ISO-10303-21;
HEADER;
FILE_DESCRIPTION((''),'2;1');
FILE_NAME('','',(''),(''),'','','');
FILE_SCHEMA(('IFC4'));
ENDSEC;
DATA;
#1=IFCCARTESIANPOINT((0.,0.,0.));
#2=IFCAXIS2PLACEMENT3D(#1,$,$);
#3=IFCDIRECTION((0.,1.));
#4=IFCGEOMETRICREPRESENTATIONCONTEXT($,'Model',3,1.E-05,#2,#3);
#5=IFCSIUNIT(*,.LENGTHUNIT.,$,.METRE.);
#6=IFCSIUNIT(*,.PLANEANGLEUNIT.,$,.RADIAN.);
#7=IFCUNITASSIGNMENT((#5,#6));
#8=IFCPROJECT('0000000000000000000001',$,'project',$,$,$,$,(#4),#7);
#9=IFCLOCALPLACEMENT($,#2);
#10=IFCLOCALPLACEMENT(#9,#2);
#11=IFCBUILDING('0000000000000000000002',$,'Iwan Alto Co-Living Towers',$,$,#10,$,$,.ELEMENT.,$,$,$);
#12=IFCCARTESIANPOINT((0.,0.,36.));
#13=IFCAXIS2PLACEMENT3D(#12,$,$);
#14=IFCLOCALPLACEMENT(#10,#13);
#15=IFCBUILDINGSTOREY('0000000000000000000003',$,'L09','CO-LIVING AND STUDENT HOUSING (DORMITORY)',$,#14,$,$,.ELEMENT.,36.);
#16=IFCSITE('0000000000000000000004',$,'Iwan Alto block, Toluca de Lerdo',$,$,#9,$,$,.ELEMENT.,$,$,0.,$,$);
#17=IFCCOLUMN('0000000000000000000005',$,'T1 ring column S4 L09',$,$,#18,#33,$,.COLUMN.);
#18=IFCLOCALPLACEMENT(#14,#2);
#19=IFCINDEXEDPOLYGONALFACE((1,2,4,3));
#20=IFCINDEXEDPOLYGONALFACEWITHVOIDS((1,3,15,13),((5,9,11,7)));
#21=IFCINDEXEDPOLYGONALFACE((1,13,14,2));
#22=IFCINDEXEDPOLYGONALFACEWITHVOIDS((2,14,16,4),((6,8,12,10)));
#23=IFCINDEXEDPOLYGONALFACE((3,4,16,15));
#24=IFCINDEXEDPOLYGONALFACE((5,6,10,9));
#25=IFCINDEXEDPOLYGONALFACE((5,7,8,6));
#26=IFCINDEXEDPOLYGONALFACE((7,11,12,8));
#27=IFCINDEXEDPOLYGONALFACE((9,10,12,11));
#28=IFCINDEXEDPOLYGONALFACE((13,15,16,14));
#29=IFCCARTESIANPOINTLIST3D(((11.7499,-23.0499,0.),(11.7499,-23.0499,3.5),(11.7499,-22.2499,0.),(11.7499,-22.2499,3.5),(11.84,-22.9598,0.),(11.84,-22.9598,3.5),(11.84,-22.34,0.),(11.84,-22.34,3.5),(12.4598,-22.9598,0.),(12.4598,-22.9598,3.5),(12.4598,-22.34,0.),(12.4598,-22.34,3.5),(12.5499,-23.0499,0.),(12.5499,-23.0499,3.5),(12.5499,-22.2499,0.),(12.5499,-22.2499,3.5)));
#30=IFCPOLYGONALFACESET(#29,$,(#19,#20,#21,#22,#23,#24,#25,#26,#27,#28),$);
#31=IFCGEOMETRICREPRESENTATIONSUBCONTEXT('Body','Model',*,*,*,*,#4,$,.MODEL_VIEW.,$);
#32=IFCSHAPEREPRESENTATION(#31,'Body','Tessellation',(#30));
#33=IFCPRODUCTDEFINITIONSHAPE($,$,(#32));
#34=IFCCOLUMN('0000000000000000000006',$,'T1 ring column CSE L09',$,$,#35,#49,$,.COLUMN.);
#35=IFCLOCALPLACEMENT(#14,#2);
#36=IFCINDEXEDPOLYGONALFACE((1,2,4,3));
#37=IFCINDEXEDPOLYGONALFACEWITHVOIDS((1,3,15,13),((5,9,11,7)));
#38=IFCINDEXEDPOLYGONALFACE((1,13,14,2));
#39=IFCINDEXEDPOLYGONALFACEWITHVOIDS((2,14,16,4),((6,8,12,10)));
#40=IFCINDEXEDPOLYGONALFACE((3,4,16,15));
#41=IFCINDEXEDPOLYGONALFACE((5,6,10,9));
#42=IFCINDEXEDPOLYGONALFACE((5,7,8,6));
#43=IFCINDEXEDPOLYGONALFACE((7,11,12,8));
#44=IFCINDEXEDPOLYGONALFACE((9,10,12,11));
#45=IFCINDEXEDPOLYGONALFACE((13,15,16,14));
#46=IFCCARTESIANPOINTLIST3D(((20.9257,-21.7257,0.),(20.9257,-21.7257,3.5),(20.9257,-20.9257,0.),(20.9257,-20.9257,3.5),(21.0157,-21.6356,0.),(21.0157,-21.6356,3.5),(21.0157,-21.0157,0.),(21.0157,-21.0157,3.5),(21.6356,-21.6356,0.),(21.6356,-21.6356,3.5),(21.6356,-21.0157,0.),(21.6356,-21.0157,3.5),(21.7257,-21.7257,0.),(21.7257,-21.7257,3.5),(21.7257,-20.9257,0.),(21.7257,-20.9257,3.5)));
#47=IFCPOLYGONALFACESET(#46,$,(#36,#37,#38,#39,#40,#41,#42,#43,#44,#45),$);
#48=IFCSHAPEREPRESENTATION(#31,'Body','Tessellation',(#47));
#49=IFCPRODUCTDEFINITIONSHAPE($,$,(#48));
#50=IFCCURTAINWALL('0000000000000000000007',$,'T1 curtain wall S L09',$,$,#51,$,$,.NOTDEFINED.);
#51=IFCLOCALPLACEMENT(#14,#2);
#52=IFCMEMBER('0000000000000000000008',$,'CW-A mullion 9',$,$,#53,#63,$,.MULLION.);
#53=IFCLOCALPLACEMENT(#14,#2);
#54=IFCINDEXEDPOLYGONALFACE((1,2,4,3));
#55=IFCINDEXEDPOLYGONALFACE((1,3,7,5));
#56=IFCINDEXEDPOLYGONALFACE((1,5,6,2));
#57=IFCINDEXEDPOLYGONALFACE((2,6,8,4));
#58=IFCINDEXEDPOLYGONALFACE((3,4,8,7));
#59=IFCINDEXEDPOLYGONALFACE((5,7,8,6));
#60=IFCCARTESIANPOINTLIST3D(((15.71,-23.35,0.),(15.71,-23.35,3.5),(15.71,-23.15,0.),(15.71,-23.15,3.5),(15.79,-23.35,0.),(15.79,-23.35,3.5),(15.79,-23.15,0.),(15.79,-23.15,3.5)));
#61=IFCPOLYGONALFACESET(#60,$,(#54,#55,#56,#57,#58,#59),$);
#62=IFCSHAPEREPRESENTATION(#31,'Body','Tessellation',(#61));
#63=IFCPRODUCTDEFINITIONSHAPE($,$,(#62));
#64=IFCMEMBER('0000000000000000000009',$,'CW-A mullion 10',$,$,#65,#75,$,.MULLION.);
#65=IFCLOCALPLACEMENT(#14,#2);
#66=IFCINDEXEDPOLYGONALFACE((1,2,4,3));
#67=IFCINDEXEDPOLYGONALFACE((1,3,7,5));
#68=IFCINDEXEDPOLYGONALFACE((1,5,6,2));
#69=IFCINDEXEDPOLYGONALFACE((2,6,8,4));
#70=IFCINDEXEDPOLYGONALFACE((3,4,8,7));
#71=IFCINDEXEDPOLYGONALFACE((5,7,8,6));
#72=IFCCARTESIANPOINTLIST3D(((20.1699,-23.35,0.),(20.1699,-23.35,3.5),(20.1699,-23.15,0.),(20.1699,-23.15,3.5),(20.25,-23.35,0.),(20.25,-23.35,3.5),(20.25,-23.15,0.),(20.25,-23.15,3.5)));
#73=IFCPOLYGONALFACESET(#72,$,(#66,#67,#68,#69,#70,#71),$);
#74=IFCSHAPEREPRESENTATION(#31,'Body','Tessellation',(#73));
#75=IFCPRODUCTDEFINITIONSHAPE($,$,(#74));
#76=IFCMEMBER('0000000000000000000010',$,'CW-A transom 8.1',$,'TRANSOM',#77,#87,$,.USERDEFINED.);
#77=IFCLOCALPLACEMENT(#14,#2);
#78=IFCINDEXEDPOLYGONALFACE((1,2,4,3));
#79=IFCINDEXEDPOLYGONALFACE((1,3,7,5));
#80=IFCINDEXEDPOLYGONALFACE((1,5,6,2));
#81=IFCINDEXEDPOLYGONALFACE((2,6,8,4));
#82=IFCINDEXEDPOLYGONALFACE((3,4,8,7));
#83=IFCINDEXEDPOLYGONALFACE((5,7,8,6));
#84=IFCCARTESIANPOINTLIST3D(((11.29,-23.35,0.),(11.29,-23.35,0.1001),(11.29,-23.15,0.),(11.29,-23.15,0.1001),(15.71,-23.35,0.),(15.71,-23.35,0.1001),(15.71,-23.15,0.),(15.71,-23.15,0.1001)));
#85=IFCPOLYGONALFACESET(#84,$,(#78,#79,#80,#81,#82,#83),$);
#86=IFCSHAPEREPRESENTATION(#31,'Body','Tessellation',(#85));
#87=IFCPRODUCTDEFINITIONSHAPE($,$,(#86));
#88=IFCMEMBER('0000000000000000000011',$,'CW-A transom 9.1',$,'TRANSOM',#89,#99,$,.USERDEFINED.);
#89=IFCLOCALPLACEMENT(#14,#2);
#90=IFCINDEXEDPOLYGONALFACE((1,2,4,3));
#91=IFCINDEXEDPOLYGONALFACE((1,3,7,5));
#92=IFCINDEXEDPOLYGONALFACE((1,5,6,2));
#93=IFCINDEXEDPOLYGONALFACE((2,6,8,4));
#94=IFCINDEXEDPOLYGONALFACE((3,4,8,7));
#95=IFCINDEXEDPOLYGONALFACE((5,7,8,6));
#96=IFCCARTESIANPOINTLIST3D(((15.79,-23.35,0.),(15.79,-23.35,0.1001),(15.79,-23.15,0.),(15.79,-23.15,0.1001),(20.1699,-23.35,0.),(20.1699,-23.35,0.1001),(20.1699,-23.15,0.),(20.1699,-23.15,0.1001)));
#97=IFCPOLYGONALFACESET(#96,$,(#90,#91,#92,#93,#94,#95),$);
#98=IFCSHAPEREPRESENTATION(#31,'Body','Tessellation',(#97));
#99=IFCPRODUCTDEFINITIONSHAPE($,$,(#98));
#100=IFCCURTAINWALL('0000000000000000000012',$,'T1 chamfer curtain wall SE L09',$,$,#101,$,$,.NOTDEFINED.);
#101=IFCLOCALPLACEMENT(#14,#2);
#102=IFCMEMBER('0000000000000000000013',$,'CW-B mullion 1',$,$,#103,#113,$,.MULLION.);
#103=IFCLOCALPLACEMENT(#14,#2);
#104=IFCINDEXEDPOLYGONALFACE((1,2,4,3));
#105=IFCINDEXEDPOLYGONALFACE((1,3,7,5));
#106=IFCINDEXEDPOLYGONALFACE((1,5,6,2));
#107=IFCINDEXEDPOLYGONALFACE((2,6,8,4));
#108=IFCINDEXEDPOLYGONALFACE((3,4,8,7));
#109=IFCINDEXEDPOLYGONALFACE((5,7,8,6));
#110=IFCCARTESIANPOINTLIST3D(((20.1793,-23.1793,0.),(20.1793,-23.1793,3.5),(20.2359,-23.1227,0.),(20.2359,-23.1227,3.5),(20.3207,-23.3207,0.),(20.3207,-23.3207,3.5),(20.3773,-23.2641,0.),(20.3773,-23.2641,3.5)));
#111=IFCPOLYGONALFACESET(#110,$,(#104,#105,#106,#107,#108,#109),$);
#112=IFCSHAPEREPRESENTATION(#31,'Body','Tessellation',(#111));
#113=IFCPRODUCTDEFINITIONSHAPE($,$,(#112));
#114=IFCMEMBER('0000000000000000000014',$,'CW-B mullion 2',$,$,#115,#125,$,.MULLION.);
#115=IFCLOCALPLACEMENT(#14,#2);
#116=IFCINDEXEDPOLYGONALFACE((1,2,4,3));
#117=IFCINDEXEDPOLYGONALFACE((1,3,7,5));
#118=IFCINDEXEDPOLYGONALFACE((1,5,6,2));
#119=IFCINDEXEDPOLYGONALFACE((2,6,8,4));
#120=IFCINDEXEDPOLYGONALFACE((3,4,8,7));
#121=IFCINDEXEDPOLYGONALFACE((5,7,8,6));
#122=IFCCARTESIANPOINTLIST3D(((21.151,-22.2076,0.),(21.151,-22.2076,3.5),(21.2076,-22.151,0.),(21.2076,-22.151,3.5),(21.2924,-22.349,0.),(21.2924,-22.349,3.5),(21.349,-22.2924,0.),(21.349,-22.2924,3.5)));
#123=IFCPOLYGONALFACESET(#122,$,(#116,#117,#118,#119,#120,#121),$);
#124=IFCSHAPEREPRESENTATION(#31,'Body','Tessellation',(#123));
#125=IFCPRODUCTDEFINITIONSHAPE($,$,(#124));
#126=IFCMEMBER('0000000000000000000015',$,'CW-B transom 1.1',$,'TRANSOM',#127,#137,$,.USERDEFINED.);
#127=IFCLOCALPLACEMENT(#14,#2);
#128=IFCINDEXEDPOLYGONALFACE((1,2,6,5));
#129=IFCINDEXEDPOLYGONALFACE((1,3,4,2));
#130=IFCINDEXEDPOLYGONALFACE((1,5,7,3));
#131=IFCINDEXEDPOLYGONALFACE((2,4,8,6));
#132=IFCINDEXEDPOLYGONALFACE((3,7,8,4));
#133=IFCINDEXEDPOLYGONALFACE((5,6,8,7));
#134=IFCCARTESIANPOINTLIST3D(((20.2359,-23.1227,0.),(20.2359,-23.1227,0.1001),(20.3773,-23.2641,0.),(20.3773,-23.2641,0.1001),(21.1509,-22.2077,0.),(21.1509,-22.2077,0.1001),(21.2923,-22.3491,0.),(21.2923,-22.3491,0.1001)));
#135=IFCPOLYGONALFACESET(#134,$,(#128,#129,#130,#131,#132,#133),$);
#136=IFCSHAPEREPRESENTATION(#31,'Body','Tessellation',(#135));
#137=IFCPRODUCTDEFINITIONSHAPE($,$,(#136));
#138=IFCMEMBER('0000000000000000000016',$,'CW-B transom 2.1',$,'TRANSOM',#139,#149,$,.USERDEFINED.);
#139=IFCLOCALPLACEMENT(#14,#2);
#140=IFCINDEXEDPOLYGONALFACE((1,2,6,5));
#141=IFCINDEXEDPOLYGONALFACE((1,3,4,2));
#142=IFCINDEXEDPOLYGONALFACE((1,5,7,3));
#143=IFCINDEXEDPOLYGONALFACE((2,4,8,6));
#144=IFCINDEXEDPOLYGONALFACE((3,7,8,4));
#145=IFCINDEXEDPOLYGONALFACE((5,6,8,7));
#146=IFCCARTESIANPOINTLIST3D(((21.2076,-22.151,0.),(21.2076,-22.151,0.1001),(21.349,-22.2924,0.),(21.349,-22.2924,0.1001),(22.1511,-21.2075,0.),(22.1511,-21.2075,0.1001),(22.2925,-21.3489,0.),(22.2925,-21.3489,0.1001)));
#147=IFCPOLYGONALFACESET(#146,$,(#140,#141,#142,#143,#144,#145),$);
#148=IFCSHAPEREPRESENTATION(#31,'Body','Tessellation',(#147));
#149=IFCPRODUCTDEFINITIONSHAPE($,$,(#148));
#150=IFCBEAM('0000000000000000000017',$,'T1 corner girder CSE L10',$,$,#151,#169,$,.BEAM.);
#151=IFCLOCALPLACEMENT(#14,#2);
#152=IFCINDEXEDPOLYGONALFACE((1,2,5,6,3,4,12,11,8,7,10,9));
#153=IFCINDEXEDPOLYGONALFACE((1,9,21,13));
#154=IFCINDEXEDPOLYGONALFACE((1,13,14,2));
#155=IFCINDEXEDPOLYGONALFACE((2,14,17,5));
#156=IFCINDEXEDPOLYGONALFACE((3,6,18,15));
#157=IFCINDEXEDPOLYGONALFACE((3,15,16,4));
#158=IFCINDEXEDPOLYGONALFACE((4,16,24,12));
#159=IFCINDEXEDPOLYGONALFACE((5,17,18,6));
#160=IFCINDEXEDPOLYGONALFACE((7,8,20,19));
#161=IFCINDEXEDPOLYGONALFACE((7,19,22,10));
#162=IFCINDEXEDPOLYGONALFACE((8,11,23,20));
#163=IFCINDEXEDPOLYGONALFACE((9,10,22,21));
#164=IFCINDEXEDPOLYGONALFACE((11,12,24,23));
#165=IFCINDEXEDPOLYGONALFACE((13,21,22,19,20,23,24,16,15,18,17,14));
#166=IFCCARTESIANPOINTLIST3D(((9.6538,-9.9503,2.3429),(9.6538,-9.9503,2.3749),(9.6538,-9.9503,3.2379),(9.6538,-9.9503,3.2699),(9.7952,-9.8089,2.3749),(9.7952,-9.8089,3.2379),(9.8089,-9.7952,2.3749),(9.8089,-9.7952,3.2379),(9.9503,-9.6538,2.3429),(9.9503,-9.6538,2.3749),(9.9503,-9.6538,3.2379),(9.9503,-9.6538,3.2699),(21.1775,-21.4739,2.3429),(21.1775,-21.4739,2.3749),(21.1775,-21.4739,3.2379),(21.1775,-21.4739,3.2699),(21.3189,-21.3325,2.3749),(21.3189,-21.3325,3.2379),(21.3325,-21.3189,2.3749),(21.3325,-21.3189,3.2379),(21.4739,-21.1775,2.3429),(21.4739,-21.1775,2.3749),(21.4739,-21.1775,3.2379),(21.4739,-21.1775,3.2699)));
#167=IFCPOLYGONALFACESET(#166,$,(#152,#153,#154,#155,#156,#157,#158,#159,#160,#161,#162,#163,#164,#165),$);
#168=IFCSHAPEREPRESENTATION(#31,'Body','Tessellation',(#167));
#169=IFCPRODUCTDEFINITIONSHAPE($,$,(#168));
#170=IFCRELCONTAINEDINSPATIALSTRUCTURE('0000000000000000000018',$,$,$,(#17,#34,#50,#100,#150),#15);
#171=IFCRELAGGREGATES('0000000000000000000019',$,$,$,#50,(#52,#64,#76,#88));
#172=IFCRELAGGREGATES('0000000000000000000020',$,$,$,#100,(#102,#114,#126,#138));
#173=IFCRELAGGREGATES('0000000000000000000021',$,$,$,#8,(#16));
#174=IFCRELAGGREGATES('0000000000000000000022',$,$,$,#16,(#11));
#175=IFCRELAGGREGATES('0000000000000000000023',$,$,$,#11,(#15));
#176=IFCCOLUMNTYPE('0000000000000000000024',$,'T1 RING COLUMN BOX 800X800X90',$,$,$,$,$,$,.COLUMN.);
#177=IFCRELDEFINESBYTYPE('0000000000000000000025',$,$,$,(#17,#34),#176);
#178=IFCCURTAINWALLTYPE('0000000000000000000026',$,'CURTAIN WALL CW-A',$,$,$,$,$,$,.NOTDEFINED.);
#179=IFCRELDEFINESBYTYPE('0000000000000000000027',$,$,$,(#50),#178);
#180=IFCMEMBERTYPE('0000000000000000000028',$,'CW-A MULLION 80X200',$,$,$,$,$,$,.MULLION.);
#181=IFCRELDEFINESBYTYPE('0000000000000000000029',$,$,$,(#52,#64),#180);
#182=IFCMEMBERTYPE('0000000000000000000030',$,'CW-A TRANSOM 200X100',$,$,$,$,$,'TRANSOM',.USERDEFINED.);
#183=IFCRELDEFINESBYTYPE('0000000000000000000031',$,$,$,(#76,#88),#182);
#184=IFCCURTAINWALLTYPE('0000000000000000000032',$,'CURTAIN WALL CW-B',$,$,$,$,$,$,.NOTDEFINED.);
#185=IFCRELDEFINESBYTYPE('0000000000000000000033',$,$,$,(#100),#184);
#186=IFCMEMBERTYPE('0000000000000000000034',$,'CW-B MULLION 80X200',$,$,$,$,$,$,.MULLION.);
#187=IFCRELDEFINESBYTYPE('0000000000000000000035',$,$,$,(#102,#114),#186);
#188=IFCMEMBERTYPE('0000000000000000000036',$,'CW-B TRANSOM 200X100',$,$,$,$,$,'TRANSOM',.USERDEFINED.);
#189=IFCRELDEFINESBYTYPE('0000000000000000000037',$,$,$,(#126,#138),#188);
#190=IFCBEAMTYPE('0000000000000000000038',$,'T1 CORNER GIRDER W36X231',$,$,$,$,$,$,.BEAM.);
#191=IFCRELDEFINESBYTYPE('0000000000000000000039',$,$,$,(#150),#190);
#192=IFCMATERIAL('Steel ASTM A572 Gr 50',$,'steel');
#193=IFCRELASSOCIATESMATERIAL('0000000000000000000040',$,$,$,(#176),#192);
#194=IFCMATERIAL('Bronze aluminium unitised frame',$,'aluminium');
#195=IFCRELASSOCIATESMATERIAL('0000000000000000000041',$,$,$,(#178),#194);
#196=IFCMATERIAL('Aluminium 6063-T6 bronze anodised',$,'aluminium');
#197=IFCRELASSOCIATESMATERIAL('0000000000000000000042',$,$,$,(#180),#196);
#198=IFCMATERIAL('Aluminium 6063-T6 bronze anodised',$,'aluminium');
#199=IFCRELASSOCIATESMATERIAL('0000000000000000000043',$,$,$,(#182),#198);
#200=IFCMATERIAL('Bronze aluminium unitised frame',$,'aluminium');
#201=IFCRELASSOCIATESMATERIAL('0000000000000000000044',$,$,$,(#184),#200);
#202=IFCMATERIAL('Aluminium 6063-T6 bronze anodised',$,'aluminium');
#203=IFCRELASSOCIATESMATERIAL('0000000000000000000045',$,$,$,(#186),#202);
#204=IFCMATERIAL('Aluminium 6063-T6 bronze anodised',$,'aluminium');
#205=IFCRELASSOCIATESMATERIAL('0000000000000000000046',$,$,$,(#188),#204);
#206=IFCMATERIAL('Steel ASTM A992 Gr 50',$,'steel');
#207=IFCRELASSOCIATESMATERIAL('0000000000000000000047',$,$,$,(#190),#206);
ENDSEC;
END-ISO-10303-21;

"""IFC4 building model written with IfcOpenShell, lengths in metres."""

from ifc_helpers import new_model, si_unit, direction, frame, origin, origin_2d, place, context, subcontext, project, spatial, rectangle, hollow_rectangle, i_section, extrude, material, material_profile, profile_set, type_object, element, aggregate, save


model = new_model("IFC4")

# Units and contexts
model_context = context("Model", 3, precision=1e-05, world=origin(), true_north=direction((0.0, 1.0)))
body_context = subcontext(model_context, "Body", "Model", "MODEL_VIEW")
ifc_project = project(units=[si_unit("LENGTHUNIT", "METRE"), si_unit("PLANEANGLEUNIT", "RADIAN")], contexts=[model_context])

# Site, building, storey
site_placement = place(None, origin())
site = spatial("IfcSite", under=ifc_project, at=site_placement, Name="Iwan Alto block, Toluca de Lerdo", CompositionType="ELEMENT", RefElevation=0.0)
building_placement = place(site_placement, origin())
building = spatial("IfcBuilding", under=site, at=building_placement, Name="Iwan Alto Co-Living Towers", CompositionType="ELEMENT")
storey_placement = place(building_placement, frame((0.0, 0.0, 36.0)))
storey = spatial("IfcBuildingStorey", under=building, at=storey_placement, Name="L09", Description="CO-LIVING AND STUDENT HOUSING (DORMITORY)", CompositionType="ELEMENT", Elevation=36.0)

# Columns
ifc_material_1 = material(Name="Steel ASTM A572 Gr 50", Category="steel")
ifc_material_profile_1 = material_profile(ifc_material_1, hollow_rectangle(XDim=0.8, YDim=0.8, WallThickness=0.0901, at=origin_2d()), Name="BOX 800X800X90")
ifc_profile_set_1 = profile_set([ifc_material_profile_1], Name="Steel ASTM A572 Gr 50")
column_type = type_object("IfcColumnType", Name="T1 RING COLUMN BOX 800X800X90", PredefinedType="COLUMN", material=ifc_profile_set_1)
for number, where, z_axis, x_axis, name in (
    (1, (12.1499, -22.6499, 0.0), (0.0, 0.0, 1.0), (1.0, 0.0, 0.0), "T1 ring column S4 L09"),
    (2, (21.3257, -21.3257, 0.0), (0.0, 0.0, 1.0), (1.0, 0.0, 0.0), "T1 ring column CSE L09"),
):
    element("IfcColumn", number, at=place(storey_placement, frame(where, z_axis=z_axis, x_axis=x_axis)), inside=storey, type_object=column_type, Name=name, PredefinedType="COLUMN", context=body_context, shape_type="SweptSolid", body=[
        extrude(hollow_rectangle(XDim=0.8, YDim=0.8, WallThickness=0.0901, at=origin_2d()), origin(), (0.0, 0.0, 1.0), 3.5),
    ])

# Curtain walls, members
ifc_material_2 = material(Name="Bronze aluminium unitised frame", Category="aluminium")
curtain_wall_type_1 = type_object("IfcCurtainWallType", Name="CURTAIN WALL CW-A", PredefinedType="NOTDEFINED", material=ifc_material_2)
curtain_wall_1_placement = place(storey_placement, origin())
curtain_wall_1 = element("IfcCurtainWall", 3, at=curtain_wall_1_placement, inside=storey, type_object=curtain_wall_type_1, Name="T1 curtain wall S L09", PredefinedType="NOTDEFINED")
ifc_material_3 = material(Name="Aluminium 6063-T6 bronze anodised", Category="aluminium")
ifc_material_profile_2 = material_profile(ifc_material_3, rectangle(XDim=0.2, YDim=0.0801, at=origin_2d()), Name="AL 80X200")
ifc_profile_set_2 = profile_set([ifc_material_profile_2], Name="Aluminium 6063-T6 bronze anodised")
member_type_1 = type_object("IfcMemberType", Name="CW-A MULLION 80X200", PredefinedType="MULLION", material=ifc_profile_set_2)
member_1_placement = place(storey_placement, frame((15.75, -23.25, 0.0), z_axis=(0.0, 0.0, 1.0), x_axis=(0.0, 1.0, 0.0)))
member_1 = element("IfcMember", 4, at=member_1_placement, type_object=member_type_1, Name="CW-A mullion 9", PredefinedType="MULLION", context=body_context, shape_type="SweptSolid", body=[
    extrude(rectangle(XDim=0.2, YDim=0.0801, at=origin_2d()), origin(), (0.0, 0.0, 1.0), 3.5),
])
member_2_placement = place(storey_placement, frame((20.21, -23.25, 0.0), z_axis=(0.0, 0.0, 1.0), x_axis=(0.0, 1.0, 0.0)))
member_2 = element("IfcMember", 5, at=member_2_placement, type_object=member_type_1, Name="CW-A mullion 10", PredefinedType="MULLION", context=body_context, shape_type="SweptSolid", body=[
    extrude(rectangle(XDim=0.2, YDim=0.0801, at=origin_2d()), origin(), (0.0, 0.0, 1.0), 3.5),
])
ifc_material_4 = material(Name="Aluminium 6063-T6 bronze anodised", Category="aluminium")
ifc_material_profile_3 = material_profile(ifc_material_4, rectangle(XDim=0.2, YDim=0.1001, at=origin_2d()), Name="AL 200X100")
ifc_profile_set_3 = profile_set([ifc_material_profile_3], Name="Aluminium 6063-T6 bronze anodised")
member_type_2 = type_object("IfcMemberType", Name="CW-A TRANSOM 200X100", ElementType="TRANSOM", PredefinedType="USERDEFINED", material=ifc_profile_set_3)
member_3_placement = place(storey_placement, frame((11.29, -23.25, 0.05), z_axis=(1.0, 0.0, 0.0), x_axis=(0.0, 1.0, 0.0)))
member_3 = element("IfcMember", 6, at=member_3_placement, type_object=member_type_2, Name="CW-A transom 8.1", ObjectType="TRANSOM", PredefinedType="USERDEFINED", context=body_context, shape_type="SweptSolid", body=[
    extrude(rectangle(XDim=0.2, YDim=0.1001, at=origin_2d()), origin(), (0.0, 0.0, 1.0), 4.4199),
])
member_4_placement = place(storey_placement, frame((15.79, -23.25, 0.05), z_axis=(1.0, 0.0, 0.0), x_axis=(0.0, 1.0, 0.0)))
member_4 = element("IfcMember", 7, at=member_4_placement, type_object=member_type_2, Name="CW-A transom 9.1", ObjectType="TRANSOM", PredefinedType="USERDEFINED", context=body_context, shape_type="SweptSolid", body=[
    extrude(rectangle(XDim=0.2, YDim=0.1001, at=origin_2d()), origin(), (0.0, 0.0, 1.0), 4.3799),
])
ifc_material_5 = material(Name="Bronze aluminium unitised frame", Category="aluminium")
curtain_wall_type_2 = type_object("IfcCurtainWallType", Name="CURTAIN WALL CW-B", PredefinedType="NOTDEFINED", material=ifc_material_5)
curtain_wall_2_placement = place(storey_placement, origin())
curtain_wall_2 = element("IfcCurtainWall", 8, at=curtain_wall_2_placement, inside=storey, type_object=curtain_wall_type_2, Name="T1 chamfer curtain wall SE L09", PredefinedType="NOTDEFINED")
ifc_material_6 = material(Name="Aluminium 6063-T6 bronze anodised", Category="aluminium")
ifc_material_profile_4 = material_profile(ifc_material_6, rectangle(XDim=0.2, YDim=0.0801, at=origin_2d()), Name="AL 80X200")
ifc_profile_set_4 = profile_set([ifc_material_profile_4], Name="Aluminium 6063-T6 bronze anodised")
member_type_3 = type_object("IfcMemberType", Name="CW-B MULLION 80X200", PredefinedType="MULLION", material=ifc_profile_set_4)
member_5_placement = place(storey_placement, frame((20.2783, -23.2217, 0.0), z_axis=(0.0, 0.0, 1.0), x_axis=(-0.707107, 0.707107, 0.0)))
member_5 = element("IfcMember", 9, at=member_5_placement, type_object=member_type_3, Name="CW-B mullion 1", PredefinedType="MULLION", context=body_context, shape_type="SweptSolid", body=[
    extrude(rectangle(XDim=0.2, YDim=0.0801, at=origin_2d()), origin(), (0.0, 0.0, 1.0), 3.5),
])
member_6_placement = place(storey_placement, frame((21.25, -22.25, 0.0), z_axis=(0.0, 0.0, 1.0), x_axis=(-0.707107, 0.707107, 0.0)))
member_6 = element("IfcMember", 10, at=member_6_placement, type_object=member_type_3, Name="CW-B mullion 2", PredefinedType="MULLION", context=body_context, shape_type="SweptSolid", body=[
    extrude(rectangle(XDim=0.2, YDim=0.0801, at=origin_2d()), origin(), (0.0, 0.0, 1.0), 3.5),
])
ifc_material_7 = material(Name="Aluminium 6063-T6 bronze anodised", Category="aluminium")
ifc_material_profile_5 = material_profile(ifc_material_7, rectangle(XDim=0.2, YDim=0.1001, at=origin_2d()), Name="AL 200X100")
ifc_profile_set_5 = profile_set([ifc_material_profile_5], Name="Aluminium 6063-T6 bronze anodised")
member_type_4 = type_object("IfcMemberType", Name="CW-B TRANSOM 200X100", ElementType="TRANSOM", PredefinedType="USERDEFINED", material=ifc_profile_set_5)
member_7_placement = place(storey_placement, frame((20.3066, -23.1934, 0.05), z_axis=(0.707107, 0.707107, 0.0), x_axis=(-0.707107, 0.707107, 0.0)))
member_7 = element("IfcMember", 11, at=member_7_placement, type_object=member_type_4, Name="CW-B transom 1.1", ObjectType="TRANSOM", PredefinedType="USERDEFINED", context=body_context, shape_type="SweptSolid", body=[
    extrude(rectangle(XDim=0.2, YDim=0.1001, at=origin_2d()), origin(), (0.0, 0.0, 1.0), 1.2939),
])
member_8_placement = place(storey_placement, frame((21.2783, -22.2217, 0.05), z_axis=(0.707107, 0.707107, 0.0), x_axis=(-0.707107, 0.707107, 0.0)))
member_8 = element("IfcMember", 12, at=member_8_placement, type_object=member_type_4, Name="CW-B transom 2.1", ObjectType="TRANSOM", PredefinedType="USERDEFINED", context=body_context, shape_type="SweptSolid", body=[
    extrude(rectangle(XDim=0.2, YDim=0.1001, at=origin_2d()), origin(), (0.0, 0.0, 1.0), 1.3342),
])

# Beam
ifc_material_8 = material(Name="Steel ASTM A992 Gr 50", Category="steel")
ifc_material_profile_6 = material_profile(ifc_material_8, i_section(OverallWidth=0.4192, OverallDepth=0.927, WebThickness=0.0193, FlangeThickness=0.032, at=origin_2d()), Name="W36X231")
ifc_profile_set_6 = profile_set([ifc_material_profile_6], Name="Steel ASTM A992 Gr 50")
beam_type_1 = type_object("IfcBeamType", Name="T1 CORNER GIRDER W36X231", PredefinedType="BEAM", material=ifc_profile_set_6)
beam_1_placement = place(storey_placement, frame((21.3257, -21.3257, 2.8064), z_axis=(-0.707107, 0.707107, 0.0), x_axis=(-0.707107, -0.707107, 0.0)))
element("IfcBeam", 13, at=beam_1_placement, inside=storey, type_object=beam_type_1, Name="T1 corner girder CSE L10", PredefinedType="BEAM", context=body_context, shape_type="SweptSolid", body=[
    extrude(i_section(OverallWidth=0.4192, OverallDepth=0.927, WebThickness=0.0193, FlangeThickness=0.032, at=origin_2d()), origin(), (0.0, 0.0, 1.0), 16.2969),
])

aggregate(curtain_wall_1, [member_1, member_2, member_3, member_4])
aggregate(curtain_wall_2, [member_5, member_6, member_7, member_8])

save(model, "model.ifc")
